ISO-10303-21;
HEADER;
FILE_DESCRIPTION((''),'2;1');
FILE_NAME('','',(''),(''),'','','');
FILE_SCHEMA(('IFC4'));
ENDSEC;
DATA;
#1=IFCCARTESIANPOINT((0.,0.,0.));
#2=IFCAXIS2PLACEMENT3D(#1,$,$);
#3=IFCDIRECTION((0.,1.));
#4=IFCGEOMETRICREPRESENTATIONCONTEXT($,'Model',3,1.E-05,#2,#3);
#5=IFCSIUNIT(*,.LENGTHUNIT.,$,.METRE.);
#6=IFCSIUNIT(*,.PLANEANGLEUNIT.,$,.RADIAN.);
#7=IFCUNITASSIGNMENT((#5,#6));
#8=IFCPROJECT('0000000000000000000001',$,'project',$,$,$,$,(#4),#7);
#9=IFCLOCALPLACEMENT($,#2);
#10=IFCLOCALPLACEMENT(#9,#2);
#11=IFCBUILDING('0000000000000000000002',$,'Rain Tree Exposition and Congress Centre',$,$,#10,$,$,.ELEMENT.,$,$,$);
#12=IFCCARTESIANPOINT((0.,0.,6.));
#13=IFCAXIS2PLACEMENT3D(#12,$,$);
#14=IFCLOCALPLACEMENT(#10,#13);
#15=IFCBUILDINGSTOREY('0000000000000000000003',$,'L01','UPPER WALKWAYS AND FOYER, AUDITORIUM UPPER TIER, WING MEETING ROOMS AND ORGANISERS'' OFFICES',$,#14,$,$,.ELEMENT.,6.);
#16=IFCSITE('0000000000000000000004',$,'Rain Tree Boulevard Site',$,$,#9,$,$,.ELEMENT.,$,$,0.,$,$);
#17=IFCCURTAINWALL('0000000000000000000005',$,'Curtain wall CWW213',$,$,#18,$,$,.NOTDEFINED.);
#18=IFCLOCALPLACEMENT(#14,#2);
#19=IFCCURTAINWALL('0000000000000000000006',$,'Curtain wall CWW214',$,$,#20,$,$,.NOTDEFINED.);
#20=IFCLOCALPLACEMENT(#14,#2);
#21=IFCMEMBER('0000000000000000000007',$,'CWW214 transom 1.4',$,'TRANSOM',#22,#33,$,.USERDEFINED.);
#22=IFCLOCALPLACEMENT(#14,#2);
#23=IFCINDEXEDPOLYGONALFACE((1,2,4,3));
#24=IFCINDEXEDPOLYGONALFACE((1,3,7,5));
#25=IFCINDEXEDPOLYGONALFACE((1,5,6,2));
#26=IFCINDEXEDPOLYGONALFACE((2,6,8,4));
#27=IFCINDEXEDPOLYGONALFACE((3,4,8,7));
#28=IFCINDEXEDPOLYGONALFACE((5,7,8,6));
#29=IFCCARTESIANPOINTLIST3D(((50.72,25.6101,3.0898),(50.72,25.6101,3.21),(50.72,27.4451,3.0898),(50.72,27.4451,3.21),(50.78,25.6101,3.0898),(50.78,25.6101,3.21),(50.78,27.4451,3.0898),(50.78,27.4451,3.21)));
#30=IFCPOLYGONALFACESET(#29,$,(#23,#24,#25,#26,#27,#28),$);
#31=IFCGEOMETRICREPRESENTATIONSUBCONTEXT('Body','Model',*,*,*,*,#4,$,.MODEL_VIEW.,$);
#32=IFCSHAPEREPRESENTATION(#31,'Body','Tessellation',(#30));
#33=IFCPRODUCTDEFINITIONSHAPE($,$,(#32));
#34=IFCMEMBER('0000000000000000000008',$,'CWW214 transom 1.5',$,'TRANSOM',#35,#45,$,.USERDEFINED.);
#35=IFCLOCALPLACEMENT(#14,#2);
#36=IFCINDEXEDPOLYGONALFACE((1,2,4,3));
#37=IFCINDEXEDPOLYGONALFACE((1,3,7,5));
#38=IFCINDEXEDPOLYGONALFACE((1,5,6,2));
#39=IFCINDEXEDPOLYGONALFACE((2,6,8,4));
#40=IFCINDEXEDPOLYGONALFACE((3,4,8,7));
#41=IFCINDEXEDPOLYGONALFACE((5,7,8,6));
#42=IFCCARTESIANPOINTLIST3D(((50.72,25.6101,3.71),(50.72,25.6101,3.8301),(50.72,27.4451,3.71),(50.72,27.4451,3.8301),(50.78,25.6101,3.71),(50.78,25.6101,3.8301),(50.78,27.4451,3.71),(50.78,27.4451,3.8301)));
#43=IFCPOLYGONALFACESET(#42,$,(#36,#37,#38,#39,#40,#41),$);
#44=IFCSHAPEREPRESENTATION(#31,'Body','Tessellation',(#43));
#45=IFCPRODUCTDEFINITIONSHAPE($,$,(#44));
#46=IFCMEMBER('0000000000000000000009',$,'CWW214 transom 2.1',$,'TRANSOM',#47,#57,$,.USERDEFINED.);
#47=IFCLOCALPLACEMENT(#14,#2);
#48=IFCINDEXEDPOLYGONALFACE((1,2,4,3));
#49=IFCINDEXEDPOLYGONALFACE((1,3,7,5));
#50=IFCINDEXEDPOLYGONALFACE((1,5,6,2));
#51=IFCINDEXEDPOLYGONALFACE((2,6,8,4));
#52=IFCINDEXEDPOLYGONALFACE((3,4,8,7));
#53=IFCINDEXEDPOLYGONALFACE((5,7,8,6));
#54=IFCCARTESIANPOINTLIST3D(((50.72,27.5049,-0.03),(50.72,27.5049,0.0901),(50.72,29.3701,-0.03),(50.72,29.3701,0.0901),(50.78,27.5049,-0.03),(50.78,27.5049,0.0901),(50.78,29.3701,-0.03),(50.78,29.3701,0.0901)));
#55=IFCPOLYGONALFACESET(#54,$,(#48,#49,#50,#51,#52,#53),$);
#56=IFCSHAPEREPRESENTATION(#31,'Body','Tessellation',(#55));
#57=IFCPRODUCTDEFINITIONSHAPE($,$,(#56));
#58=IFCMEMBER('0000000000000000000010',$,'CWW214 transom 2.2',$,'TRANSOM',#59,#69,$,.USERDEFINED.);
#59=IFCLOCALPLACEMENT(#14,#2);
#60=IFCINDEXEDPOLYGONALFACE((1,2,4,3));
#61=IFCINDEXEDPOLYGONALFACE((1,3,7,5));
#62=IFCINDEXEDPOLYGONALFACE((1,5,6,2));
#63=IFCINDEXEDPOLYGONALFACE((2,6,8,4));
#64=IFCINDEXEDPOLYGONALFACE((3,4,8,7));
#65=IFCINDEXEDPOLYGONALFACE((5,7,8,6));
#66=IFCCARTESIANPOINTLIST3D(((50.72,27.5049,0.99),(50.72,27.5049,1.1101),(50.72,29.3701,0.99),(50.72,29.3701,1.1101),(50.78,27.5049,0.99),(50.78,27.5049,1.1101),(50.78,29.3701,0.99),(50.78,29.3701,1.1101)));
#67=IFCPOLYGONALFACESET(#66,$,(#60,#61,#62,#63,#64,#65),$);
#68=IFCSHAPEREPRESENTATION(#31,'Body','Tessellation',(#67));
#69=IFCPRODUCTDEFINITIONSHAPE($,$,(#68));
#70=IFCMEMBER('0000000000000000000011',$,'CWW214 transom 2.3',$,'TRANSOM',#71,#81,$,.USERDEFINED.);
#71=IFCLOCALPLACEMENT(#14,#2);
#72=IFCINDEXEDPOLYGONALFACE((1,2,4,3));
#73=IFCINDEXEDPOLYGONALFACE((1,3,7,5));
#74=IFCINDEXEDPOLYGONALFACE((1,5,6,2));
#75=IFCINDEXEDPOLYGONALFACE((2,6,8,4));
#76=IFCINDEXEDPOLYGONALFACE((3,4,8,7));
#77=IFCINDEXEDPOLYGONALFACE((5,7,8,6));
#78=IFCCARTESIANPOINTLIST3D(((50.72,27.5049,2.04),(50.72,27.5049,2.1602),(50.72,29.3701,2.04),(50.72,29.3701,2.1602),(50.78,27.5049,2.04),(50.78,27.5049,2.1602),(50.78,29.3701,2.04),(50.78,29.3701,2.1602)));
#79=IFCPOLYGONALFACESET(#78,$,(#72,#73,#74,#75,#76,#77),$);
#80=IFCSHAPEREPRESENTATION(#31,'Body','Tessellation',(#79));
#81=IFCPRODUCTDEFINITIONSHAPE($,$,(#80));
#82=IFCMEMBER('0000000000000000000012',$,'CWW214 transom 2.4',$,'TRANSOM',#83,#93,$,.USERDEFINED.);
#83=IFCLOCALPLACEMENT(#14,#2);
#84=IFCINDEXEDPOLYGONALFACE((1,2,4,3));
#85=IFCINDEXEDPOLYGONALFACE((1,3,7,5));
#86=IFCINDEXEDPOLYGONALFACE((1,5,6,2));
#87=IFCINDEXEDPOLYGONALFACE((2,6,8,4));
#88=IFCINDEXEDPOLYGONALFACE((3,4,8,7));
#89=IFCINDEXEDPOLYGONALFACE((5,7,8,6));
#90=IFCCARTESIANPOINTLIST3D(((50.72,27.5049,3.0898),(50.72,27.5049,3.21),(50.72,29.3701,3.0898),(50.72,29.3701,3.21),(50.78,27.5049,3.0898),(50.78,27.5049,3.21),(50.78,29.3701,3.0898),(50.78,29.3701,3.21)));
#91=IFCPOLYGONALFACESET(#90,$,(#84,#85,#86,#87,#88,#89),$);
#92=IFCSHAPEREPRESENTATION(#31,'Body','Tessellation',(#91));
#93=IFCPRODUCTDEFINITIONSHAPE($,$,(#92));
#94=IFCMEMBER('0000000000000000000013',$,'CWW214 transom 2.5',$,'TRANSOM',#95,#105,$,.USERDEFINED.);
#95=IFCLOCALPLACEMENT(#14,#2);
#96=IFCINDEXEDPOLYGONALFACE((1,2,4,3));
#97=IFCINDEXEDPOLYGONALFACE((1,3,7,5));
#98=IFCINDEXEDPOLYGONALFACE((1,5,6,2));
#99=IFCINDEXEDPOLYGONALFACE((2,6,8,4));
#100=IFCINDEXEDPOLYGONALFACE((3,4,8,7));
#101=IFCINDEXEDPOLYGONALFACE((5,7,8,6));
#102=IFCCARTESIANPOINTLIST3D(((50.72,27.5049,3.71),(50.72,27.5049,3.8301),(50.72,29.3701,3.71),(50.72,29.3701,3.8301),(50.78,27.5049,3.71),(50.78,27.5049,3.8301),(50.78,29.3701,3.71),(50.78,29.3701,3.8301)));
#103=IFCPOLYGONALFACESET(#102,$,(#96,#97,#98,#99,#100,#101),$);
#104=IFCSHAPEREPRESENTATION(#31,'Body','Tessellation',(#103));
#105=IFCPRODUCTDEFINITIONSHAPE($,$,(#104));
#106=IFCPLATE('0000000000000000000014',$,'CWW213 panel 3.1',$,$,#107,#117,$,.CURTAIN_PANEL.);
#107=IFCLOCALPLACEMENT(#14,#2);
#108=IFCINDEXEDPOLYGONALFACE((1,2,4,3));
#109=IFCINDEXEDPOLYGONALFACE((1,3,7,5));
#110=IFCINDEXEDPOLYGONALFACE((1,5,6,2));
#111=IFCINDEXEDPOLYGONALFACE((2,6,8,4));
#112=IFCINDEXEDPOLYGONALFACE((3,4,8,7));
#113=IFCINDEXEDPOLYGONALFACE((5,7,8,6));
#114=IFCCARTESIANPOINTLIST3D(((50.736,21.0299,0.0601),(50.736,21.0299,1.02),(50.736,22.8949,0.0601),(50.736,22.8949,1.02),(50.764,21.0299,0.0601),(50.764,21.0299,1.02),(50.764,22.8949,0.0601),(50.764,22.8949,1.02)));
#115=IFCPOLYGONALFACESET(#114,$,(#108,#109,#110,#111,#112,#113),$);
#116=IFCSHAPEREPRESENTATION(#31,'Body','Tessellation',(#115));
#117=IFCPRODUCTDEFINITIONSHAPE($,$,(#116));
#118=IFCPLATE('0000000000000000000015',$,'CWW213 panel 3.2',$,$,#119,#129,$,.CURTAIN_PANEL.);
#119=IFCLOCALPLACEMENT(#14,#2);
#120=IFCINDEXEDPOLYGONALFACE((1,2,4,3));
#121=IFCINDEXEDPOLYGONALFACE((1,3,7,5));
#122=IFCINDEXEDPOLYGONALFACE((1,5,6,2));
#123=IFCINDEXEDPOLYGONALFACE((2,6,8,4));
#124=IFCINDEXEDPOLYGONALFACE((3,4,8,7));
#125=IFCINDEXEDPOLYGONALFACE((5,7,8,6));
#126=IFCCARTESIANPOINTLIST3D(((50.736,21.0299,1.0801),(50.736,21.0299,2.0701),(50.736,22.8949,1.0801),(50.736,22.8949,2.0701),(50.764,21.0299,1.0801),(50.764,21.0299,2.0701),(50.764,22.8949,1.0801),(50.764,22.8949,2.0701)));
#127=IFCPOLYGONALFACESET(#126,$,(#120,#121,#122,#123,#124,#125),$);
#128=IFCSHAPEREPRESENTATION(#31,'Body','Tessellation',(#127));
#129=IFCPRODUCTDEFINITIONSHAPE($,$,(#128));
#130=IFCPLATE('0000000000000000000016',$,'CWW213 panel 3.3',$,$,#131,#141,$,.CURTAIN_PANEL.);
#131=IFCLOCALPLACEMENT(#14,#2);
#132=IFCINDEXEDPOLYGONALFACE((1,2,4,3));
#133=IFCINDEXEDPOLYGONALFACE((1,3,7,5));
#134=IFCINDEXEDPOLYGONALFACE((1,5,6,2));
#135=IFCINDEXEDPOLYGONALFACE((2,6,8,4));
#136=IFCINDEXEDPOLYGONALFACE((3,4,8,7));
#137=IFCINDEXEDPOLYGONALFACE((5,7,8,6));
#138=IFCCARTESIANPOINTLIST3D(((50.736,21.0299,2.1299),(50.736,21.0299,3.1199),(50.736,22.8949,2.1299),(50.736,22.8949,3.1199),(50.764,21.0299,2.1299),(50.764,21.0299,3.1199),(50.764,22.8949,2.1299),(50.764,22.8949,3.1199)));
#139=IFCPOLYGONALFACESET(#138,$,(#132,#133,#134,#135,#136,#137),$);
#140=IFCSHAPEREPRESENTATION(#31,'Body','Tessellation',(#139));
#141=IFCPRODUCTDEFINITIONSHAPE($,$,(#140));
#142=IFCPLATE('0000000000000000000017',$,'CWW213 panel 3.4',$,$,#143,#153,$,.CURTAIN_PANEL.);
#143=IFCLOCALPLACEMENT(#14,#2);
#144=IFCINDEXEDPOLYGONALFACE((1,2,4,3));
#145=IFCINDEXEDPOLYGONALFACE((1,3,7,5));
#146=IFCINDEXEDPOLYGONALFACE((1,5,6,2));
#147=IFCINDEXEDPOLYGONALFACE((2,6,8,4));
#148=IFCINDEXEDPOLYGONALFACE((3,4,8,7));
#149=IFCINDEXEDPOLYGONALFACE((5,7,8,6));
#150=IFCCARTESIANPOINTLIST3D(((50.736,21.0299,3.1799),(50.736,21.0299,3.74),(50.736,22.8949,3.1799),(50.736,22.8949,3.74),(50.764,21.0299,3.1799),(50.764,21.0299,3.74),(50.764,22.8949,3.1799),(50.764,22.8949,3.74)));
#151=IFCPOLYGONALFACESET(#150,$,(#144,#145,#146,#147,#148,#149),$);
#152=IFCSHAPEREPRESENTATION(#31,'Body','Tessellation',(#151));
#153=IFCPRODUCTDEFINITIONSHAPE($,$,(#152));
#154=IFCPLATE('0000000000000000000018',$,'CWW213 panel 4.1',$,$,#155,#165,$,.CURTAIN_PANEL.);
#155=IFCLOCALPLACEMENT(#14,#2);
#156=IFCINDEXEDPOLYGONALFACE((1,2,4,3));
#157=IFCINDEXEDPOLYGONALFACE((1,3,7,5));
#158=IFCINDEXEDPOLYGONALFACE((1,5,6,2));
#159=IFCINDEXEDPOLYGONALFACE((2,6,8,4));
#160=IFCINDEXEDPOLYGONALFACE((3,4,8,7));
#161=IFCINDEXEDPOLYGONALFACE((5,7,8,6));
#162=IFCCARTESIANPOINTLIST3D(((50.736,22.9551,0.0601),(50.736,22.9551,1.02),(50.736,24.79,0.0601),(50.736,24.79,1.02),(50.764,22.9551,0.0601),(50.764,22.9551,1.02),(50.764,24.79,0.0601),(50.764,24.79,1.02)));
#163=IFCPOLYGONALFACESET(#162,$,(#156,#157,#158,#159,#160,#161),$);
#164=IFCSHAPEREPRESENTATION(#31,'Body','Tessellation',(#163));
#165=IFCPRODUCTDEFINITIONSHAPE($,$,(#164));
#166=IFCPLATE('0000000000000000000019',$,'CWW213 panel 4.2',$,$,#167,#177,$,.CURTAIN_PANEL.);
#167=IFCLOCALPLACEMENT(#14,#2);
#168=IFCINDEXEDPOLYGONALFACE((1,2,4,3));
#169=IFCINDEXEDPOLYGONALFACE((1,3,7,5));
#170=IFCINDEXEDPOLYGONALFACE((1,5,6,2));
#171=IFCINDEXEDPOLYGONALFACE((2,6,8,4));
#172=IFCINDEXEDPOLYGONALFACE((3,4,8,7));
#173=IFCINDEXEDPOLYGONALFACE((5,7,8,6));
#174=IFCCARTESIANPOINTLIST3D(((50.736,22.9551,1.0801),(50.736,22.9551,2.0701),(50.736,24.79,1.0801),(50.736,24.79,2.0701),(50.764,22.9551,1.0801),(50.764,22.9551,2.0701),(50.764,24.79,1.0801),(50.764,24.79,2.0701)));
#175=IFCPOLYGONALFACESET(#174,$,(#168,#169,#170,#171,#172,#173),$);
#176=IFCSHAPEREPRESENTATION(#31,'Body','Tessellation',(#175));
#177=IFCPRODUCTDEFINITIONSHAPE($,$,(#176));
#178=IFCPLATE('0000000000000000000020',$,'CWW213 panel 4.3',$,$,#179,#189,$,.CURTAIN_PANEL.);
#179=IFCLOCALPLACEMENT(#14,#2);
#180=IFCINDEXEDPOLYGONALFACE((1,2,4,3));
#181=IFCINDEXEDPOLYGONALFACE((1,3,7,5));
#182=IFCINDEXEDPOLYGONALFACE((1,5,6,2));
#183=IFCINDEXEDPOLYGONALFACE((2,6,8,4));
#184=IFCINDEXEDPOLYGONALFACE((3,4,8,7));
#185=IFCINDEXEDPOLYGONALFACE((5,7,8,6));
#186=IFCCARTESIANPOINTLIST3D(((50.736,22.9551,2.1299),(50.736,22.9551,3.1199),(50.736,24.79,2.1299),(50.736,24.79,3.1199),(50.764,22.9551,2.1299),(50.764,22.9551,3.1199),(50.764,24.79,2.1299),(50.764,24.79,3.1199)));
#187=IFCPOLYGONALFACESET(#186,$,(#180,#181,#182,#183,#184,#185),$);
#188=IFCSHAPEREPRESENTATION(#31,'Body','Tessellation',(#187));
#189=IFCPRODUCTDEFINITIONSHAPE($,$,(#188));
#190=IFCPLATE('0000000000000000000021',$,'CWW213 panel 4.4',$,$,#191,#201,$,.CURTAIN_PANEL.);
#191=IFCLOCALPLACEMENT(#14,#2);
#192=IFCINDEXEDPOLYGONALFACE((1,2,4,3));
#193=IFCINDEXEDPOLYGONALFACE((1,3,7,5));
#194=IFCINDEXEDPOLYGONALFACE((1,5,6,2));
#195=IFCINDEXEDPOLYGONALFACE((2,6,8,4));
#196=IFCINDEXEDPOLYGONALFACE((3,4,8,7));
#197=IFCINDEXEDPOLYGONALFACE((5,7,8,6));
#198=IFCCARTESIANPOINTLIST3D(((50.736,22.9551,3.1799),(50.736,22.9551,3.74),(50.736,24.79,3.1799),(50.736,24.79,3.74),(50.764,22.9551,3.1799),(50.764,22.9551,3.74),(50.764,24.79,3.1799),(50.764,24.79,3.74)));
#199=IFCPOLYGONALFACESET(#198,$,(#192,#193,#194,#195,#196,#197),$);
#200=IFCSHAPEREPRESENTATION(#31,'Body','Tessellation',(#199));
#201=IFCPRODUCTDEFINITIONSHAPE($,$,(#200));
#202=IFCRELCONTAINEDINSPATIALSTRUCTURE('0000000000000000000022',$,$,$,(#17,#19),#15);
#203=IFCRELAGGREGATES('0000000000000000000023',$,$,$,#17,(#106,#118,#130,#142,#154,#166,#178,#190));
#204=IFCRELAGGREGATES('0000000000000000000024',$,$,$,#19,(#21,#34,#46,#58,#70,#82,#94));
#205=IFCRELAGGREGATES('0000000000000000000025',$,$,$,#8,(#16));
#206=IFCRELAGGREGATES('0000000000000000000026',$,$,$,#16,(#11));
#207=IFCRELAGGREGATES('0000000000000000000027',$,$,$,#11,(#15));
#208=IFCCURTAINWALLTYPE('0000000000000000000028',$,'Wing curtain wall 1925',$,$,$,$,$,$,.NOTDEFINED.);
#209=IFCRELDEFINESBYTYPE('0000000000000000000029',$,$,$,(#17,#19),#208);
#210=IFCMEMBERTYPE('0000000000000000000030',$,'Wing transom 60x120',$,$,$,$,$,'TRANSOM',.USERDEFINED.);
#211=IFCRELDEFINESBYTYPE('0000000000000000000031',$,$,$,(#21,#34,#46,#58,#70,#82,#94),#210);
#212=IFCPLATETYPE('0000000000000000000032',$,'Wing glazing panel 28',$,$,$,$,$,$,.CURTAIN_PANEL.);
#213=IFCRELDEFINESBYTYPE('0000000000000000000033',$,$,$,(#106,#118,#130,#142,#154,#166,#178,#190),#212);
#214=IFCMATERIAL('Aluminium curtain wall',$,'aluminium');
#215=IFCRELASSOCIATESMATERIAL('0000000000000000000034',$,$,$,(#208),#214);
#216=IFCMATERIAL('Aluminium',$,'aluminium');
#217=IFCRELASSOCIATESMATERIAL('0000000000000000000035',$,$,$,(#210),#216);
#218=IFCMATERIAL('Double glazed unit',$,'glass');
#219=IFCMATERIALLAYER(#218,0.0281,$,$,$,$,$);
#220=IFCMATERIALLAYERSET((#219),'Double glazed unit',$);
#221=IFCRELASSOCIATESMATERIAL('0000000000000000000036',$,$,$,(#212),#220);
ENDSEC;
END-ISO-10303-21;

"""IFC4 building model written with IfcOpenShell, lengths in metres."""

from ifc_helpers import new_model, si_unit, direction, frame, origin, origin_2d, place, context, subcontext, project, spatial, rectangle, extrude, material, layer, layer_set, material_profile, profile_set, type_object, element, aggregate, save


model = new_model("IFC4")

# Units and contexts
model_context = context("Model", 3, precision=1e-05, world=origin(), true_north=direction((0.0, 1.0)))
body_context = subcontext(model_context, "Body", "Model", "MODEL_VIEW")
ifc_project = project(units=[si_unit("LENGTHUNIT", "METRE"), si_unit("PLANEANGLEUNIT", "RADIAN")], contexts=[model_context])

# Site, building, storey
site_placement = place(None, origin())
site = spatial("IfcSite", under=ifc_project, at=site_placement, Name="Rain Tree Boulevard Site", CompositionType="ELEMENT", RefElevation=0.0)
building_placement = place(site_placement, origin())
building = spatial("IfcBuilding", under=site, at=building_placement, Name="Rain Tree Exposition and Congress Centre", CompositionType="ELEMENT")
storey_placement = place(building_placement, frame((0.0, 0.0, 6.0)))
storey = spatial("IfcBuildingStorey", under=building, at=storey_placement, Name="L01", Description="UPPER WALKWAYS AND FOYER, AUDITORIUM UPPER TIER, WING MEETING ROOMS AND ORGANISERS' OFFICES", CompositionType="ELEMENT", Elevation=6.0)

# Curtain walls
ifc_material_1 = material(Name="Aluminium curtain wall", Category="aluminium")
curtain_wall_type = type_object("IfcCurtainWallType", Name="Wing curtain wall 1925", PredefinedType="NOTDEFINED", material=ifc_material_1)
curtain_wall_1_placement = place(storey_placement, origin())
curtain_wall_1 = element("IfcCurtainWall", 1, at=curtain_wall_1_placement, inside=storey, type_object=curtain_wall_type, Name="Curtain wall CWW213", PredefinedType="NOTDEFINED")
curtain_wall_2_placement = place(storey_placement, origin())
curtain_wall_2 = element("IfcCurtainWall", 2, at=curtain_wall_2_placement, inside=storey, type_object=curtain_wall_type, Name="Curtain wall CWW214", PredefinedType="NOTDEFINED")

# Members
ifc_material_2 = material(Name="Aluminium", Category="aluminium")
ifc_material_profile_1 = material_profile(ifc_material_2, rectangle(XDim=0.0601, YDim=0.1201, at=origin_2d()), Name="Aluminium 60x120")
ifc_profile_set_1 = profile_set([ifc_material_profile_1], Name="Aluminium")
member_type_1 = type_object("IfcMemberType", Name="Wing transom 60x120", ElementType="TRANSOM", PredefinedType="USERDEFINED", material=ifc_profile_set_1)
member_1_placement = place(storey_placement, frame((50.75, 25.6101, 3.1499), z_axis=(0.0, 1.0, 0.0), x_axis=(-1.0, 0.0, 0.0)))
member_1 = element("IfcMember", 3, at=member_1_placement, type_object=member_type_1, Name="CWW214 transom 1.4", ObjectType="TRANSOM", PredefinedType="USERDEFINED", context=body_context, shape_type="SweptSolid", body=[
    extrude(rectangle(XDim=0.0601, YDim=0.1201, at=origin_2d()), origin(), (0.0, 0.0, 1.0), 1.835),
])
member_2_placement = place(storey_placement, frame((50.75, 25.6101, 3.77), z_axis=(0.0, 1.0, 0.0), x_axis=(-1.0, 0.0, 0.0)))
member_2 = element("IfcMember", 4, at=member_2_placement, type_object=member_type_1, Name="CWW214 transom 1.5", ObjectType="TRANSOM", PredefinedType="USERDEFINED", context=body_context, shape_type="SweptSolid", body=[
    extrude(rectangle(XDim=0.0601, YDim=0.1201, at=origin_2d()), origin(), (0.0, 0.0, 1.0), 1.835),
])
member_3_placement = place(storey_placement, frame((50.75, 27.5049, 0.03), z_axis=(0.0, 1.0, 0.0), x_axis=(-1.0, 0.0, 0.0)))
member_3 = element("IfcMember", 5, at=member_3_placement, type_object=member_type_1, Name="CWW214 transom 2.1", ObjectType="TRANSOM", PredefinedType="USERDEFINED", context=body_context, shape_type="SweptSolid", body=[
    extrude(rectangle(XDim=0.0601, YDim=0.1201, at=origin_2d()), origin(), (0.0, 0.0, 1.0), 1.8652),
])
member_4_placement = place(storey_placement, frame((50.75, 27.5049, 1.05), z_axis=(0.0, 1.0, 0.0), x_axis=(-1.0, 0.0, 0.0)))
member_4 = element("IfcMember", 6, at=member_4_placement, type_object=member_type_1, Name="CWW214 transom 2.2", ObjectType="TRANSOM", PredefinedType="USERDEFINED", context=body_context, shape_type="SweptSolid", body=[
    extrude(rectangle(XDim=0.0601, YDim=0.1201, at=origin_2d()), origin(), (0.0, 0.0, 1.0), 1.8652),
])
member_5_placement = place(storey_placement, frame((50.75, 27.5049, 2.1001), z_axis=(0.0, 1.0, 0.0), x_axis=(-1.0, 0.0, 0.0)))
member_5 = element("IfcMember", 7, at=member_5_placement, type_object=member_type_1, Name="CWW214 transom 2.3", ObjectType="TRANSOM", PredefinedType="USERDEFINED", context=body_context, shape_type="SweptSolid", body=[
    extrude(rectangle(XDim=0.0601, YDim=0.1201, at=origin_2d()), origin(), (0.0, 0.0, 1.0), 1.8652),
])
member_6_placement = place(storey_placement, frame((50.75, 27.5049, 3.1499), z_axis=(0.0, 1.0, 0.0), x_axis=(-1.0, 0.0, 0.0)))
member_6 = element("IfcMember", 8, at=member_6_placement, type_object=member_type_1, Name="CWW214 transom 2.4", ObjectType="TRANSOM", PredefinedType="USERDEFINED", context=body_context, shape_type="SweptSolid", body=[
    extrude(rectangle(XDim=0.0601, YDim=0.1201, at=origin_2d()), origin(), (0.0, 0.0, 1.0), 1.8652),
])
member_7_placement = place(storey_placement, frame((50.75, 27.5049, 3.77), z_axis=(0.0, 1.0, 0.0), x_axis=(-1.0, 0.0, 0.0)))
member_7 = element("IfcMember", 9, at=member_7_placement, type_object=member_type_1, Name="CWW214 transom 2.5", ObjectType="TRANSOM", PredefinedType="USERDEFINED", context=body_context, shape_type="SweptSolid", body=[
    extrude(rectangle(XDim=0.0601, YDim=0.1201, at=origin_2d()), origin(), (0.0, 0.0, 1.0), 1.8652),
])

# Plates
ifc_material_3 = material(Name="Double glazed unit", Category="glass")
ifc_layer = layer(ifc_material_3, 0.0281)
ifc_layer_set = layer_set([ifc_layer], Name="Double glazed unit")
plate_type = type_object("IfcPlateType", Name="Wing glazing panel 28", PredefinedType="CURTAIN_PANEL", material=ifc_layer_set)
plate_1_placement = place(storey_placement, frame((50.75, 21.9624, 0.0601), z_axis=(0.0, 0.0, 1.0), x_axis=(0.0, 1.0, 0.0)))
plate_1 = element("IfcPlate", 10, at=plate_1_placement, type_object=plate_type, Name="CWW213 panel 3.1", PredefinedType="CURTAIN_PANEL", context=body_context, shape_type="SweptSolid", body=[
    extrude(rectangle(XDim=1.865, YDim=0.0281, at=origin_2d()), origin(), (0.0, 0.0, 1.0), 0.96),
])
plate_2_placement = place(storey_placement, frame((50.75, 21.9624, 1.0801), z_axis=(0.0, 0.0, 1.0), x_axis=(0.0, 1.0, 0.0)))
plate_2 = element("IfcPlate", 11, at=plate_2_placement, type_object=plate_type, Name="CWW213 panel 3.2", PredefinedType="CURTAIN_PANEL", context=body_context, shape_type="SweptSolid", body=[
    extrude(rectangle(XDim=1.865, YDim=0.0281, at=origin_2d()), origin(), (0.0, 0.0, 1.0), 0.99),
])
plate_3_placement = place(storey_placement, frame((50.75, 21.9624, 2.1299), z_axis=(0.0, 0.0, 1.0), x_axis=(0.0, 1.0, 0.0)))
plate_3 = element("IfcPlate", 12, at=plate_3_placement, type_object=plate_type, Name="CWW213 panel 3.3", PredefinedType="CURTAIN_PANEL", context=body_context, shape_type="SweptSolid", body=[
    extrude(rectangle(XDim=1.865, YDim=0.0281, at=origin_2d()), origin(), (0.0, 0.0, 1.0), 0.99),
])
plate_4_placement = place(storey_placement, frame((50.75, 21.9624, 3.1799), z_axis=(0.0, 0.0, 1.0), x_axis=(0.0, 1.0, 0.0)))
plate_4 = element("IfcPlate", 13, at=plate_4_placement, type_object=plate_type, Name="CWW213 panel 3.4", PredefinedType="CURTAIN_PANEL", context=body_context, shape_type="SweptSolid", body=[
    extrude(rectangle(XDim=1.865, YDim=0.0281, at=origin_2d()), origin(), (0.0, 0.0, 1.0), 0.5601),
])
plate_5_placement = place(storey_placement, frame((50.75, 23.8726, 0.0601), z_axis=(0.0, 0.0, 1.0), x_axis=(0.0, 1.0, 0.0)))
plate_5 = element("IfcPlate", 14, at=plate_5_placement, type_object=plate_type, Name="CWW213 panel 4.1", PredefinedType="CURTAIN_PANEL", context=body_context, shape_type="SweptSolid", body=[
    extrude(rectangle(XDim=1.835, YDim=0.0281, at=origin_2d()), origin(), (0.0, 0.0, 1.0), 0.96),
])
plate_6_placement = place(storey_placement, frame((50.75, 23.8726, 1.0801), z_axis=(0.0, 0.0, 1.0), x_axis=(0.0, 1.0, 0.0)))
plate_6 = element("IfcPlate", 15, at=plate_6_placement, type_object=plate_type, Name="CWW213 panel 4.2", PredefinedType="CURTAIN_PANEL", context=body_context, shape_type="SweptSolid", body=[
    extrude(rectangle(XDim=1.835, YDim=0.0281, at=origin_2d()), origin(), (0.0, 0.0, 1.0), 0.99),
])
plate_7_placement = place(storey_placement, frame((50.75, 23.8726, 2.1299), z_axis=(0.0, 0.0, 1.0), x_axis=(0.0, 1.0, 0.0)))
plate_7 = element("IfcPlate", 16, at=plate_7_placement, type_object=plate_type, Name="CWW213 panel 4.3", PredefinedType="CURTAIN_PANEL", context=body_context, shape_type="SweptSolid", body=[
    extrude(rectangle(XDim=1.835, YDim=0.0281, at=origin_2d()), origin(), (0.0, 0.0, 1.0), 0.99),
])
plate_8_placement = place(storey_placement, frame((50.75, 23.8726, 3.1799), z_axis=(0.0, 0.0, 1.0), x_axis=(0.0, 1.0, 0.0)))
plate_8 = element("IfcPlate", 17, at=plate_8_placement, type_object=plate_type, Name="CWW213 panel 4.4", PredefinedType="CURTAIN_PANEL", context=body_context, shape_type="SweptSolid", body=[
    extrude(rectangle(XDim=1.835, YDim=0.0281, at=origin_2d()), origin(), (0.0, 0.0, 1.0), 0.5601),
])
aggregate(curtain_wall_1, [plate_1, plate_2, plate_3, plate_4, plate_5, plate_6, plate_7, plate_8])
aggregate(curtain_wall_2, [member_1, member_2, member_3, member_4, member_5, member_6, member_7])

save(model, "model.ifc")
